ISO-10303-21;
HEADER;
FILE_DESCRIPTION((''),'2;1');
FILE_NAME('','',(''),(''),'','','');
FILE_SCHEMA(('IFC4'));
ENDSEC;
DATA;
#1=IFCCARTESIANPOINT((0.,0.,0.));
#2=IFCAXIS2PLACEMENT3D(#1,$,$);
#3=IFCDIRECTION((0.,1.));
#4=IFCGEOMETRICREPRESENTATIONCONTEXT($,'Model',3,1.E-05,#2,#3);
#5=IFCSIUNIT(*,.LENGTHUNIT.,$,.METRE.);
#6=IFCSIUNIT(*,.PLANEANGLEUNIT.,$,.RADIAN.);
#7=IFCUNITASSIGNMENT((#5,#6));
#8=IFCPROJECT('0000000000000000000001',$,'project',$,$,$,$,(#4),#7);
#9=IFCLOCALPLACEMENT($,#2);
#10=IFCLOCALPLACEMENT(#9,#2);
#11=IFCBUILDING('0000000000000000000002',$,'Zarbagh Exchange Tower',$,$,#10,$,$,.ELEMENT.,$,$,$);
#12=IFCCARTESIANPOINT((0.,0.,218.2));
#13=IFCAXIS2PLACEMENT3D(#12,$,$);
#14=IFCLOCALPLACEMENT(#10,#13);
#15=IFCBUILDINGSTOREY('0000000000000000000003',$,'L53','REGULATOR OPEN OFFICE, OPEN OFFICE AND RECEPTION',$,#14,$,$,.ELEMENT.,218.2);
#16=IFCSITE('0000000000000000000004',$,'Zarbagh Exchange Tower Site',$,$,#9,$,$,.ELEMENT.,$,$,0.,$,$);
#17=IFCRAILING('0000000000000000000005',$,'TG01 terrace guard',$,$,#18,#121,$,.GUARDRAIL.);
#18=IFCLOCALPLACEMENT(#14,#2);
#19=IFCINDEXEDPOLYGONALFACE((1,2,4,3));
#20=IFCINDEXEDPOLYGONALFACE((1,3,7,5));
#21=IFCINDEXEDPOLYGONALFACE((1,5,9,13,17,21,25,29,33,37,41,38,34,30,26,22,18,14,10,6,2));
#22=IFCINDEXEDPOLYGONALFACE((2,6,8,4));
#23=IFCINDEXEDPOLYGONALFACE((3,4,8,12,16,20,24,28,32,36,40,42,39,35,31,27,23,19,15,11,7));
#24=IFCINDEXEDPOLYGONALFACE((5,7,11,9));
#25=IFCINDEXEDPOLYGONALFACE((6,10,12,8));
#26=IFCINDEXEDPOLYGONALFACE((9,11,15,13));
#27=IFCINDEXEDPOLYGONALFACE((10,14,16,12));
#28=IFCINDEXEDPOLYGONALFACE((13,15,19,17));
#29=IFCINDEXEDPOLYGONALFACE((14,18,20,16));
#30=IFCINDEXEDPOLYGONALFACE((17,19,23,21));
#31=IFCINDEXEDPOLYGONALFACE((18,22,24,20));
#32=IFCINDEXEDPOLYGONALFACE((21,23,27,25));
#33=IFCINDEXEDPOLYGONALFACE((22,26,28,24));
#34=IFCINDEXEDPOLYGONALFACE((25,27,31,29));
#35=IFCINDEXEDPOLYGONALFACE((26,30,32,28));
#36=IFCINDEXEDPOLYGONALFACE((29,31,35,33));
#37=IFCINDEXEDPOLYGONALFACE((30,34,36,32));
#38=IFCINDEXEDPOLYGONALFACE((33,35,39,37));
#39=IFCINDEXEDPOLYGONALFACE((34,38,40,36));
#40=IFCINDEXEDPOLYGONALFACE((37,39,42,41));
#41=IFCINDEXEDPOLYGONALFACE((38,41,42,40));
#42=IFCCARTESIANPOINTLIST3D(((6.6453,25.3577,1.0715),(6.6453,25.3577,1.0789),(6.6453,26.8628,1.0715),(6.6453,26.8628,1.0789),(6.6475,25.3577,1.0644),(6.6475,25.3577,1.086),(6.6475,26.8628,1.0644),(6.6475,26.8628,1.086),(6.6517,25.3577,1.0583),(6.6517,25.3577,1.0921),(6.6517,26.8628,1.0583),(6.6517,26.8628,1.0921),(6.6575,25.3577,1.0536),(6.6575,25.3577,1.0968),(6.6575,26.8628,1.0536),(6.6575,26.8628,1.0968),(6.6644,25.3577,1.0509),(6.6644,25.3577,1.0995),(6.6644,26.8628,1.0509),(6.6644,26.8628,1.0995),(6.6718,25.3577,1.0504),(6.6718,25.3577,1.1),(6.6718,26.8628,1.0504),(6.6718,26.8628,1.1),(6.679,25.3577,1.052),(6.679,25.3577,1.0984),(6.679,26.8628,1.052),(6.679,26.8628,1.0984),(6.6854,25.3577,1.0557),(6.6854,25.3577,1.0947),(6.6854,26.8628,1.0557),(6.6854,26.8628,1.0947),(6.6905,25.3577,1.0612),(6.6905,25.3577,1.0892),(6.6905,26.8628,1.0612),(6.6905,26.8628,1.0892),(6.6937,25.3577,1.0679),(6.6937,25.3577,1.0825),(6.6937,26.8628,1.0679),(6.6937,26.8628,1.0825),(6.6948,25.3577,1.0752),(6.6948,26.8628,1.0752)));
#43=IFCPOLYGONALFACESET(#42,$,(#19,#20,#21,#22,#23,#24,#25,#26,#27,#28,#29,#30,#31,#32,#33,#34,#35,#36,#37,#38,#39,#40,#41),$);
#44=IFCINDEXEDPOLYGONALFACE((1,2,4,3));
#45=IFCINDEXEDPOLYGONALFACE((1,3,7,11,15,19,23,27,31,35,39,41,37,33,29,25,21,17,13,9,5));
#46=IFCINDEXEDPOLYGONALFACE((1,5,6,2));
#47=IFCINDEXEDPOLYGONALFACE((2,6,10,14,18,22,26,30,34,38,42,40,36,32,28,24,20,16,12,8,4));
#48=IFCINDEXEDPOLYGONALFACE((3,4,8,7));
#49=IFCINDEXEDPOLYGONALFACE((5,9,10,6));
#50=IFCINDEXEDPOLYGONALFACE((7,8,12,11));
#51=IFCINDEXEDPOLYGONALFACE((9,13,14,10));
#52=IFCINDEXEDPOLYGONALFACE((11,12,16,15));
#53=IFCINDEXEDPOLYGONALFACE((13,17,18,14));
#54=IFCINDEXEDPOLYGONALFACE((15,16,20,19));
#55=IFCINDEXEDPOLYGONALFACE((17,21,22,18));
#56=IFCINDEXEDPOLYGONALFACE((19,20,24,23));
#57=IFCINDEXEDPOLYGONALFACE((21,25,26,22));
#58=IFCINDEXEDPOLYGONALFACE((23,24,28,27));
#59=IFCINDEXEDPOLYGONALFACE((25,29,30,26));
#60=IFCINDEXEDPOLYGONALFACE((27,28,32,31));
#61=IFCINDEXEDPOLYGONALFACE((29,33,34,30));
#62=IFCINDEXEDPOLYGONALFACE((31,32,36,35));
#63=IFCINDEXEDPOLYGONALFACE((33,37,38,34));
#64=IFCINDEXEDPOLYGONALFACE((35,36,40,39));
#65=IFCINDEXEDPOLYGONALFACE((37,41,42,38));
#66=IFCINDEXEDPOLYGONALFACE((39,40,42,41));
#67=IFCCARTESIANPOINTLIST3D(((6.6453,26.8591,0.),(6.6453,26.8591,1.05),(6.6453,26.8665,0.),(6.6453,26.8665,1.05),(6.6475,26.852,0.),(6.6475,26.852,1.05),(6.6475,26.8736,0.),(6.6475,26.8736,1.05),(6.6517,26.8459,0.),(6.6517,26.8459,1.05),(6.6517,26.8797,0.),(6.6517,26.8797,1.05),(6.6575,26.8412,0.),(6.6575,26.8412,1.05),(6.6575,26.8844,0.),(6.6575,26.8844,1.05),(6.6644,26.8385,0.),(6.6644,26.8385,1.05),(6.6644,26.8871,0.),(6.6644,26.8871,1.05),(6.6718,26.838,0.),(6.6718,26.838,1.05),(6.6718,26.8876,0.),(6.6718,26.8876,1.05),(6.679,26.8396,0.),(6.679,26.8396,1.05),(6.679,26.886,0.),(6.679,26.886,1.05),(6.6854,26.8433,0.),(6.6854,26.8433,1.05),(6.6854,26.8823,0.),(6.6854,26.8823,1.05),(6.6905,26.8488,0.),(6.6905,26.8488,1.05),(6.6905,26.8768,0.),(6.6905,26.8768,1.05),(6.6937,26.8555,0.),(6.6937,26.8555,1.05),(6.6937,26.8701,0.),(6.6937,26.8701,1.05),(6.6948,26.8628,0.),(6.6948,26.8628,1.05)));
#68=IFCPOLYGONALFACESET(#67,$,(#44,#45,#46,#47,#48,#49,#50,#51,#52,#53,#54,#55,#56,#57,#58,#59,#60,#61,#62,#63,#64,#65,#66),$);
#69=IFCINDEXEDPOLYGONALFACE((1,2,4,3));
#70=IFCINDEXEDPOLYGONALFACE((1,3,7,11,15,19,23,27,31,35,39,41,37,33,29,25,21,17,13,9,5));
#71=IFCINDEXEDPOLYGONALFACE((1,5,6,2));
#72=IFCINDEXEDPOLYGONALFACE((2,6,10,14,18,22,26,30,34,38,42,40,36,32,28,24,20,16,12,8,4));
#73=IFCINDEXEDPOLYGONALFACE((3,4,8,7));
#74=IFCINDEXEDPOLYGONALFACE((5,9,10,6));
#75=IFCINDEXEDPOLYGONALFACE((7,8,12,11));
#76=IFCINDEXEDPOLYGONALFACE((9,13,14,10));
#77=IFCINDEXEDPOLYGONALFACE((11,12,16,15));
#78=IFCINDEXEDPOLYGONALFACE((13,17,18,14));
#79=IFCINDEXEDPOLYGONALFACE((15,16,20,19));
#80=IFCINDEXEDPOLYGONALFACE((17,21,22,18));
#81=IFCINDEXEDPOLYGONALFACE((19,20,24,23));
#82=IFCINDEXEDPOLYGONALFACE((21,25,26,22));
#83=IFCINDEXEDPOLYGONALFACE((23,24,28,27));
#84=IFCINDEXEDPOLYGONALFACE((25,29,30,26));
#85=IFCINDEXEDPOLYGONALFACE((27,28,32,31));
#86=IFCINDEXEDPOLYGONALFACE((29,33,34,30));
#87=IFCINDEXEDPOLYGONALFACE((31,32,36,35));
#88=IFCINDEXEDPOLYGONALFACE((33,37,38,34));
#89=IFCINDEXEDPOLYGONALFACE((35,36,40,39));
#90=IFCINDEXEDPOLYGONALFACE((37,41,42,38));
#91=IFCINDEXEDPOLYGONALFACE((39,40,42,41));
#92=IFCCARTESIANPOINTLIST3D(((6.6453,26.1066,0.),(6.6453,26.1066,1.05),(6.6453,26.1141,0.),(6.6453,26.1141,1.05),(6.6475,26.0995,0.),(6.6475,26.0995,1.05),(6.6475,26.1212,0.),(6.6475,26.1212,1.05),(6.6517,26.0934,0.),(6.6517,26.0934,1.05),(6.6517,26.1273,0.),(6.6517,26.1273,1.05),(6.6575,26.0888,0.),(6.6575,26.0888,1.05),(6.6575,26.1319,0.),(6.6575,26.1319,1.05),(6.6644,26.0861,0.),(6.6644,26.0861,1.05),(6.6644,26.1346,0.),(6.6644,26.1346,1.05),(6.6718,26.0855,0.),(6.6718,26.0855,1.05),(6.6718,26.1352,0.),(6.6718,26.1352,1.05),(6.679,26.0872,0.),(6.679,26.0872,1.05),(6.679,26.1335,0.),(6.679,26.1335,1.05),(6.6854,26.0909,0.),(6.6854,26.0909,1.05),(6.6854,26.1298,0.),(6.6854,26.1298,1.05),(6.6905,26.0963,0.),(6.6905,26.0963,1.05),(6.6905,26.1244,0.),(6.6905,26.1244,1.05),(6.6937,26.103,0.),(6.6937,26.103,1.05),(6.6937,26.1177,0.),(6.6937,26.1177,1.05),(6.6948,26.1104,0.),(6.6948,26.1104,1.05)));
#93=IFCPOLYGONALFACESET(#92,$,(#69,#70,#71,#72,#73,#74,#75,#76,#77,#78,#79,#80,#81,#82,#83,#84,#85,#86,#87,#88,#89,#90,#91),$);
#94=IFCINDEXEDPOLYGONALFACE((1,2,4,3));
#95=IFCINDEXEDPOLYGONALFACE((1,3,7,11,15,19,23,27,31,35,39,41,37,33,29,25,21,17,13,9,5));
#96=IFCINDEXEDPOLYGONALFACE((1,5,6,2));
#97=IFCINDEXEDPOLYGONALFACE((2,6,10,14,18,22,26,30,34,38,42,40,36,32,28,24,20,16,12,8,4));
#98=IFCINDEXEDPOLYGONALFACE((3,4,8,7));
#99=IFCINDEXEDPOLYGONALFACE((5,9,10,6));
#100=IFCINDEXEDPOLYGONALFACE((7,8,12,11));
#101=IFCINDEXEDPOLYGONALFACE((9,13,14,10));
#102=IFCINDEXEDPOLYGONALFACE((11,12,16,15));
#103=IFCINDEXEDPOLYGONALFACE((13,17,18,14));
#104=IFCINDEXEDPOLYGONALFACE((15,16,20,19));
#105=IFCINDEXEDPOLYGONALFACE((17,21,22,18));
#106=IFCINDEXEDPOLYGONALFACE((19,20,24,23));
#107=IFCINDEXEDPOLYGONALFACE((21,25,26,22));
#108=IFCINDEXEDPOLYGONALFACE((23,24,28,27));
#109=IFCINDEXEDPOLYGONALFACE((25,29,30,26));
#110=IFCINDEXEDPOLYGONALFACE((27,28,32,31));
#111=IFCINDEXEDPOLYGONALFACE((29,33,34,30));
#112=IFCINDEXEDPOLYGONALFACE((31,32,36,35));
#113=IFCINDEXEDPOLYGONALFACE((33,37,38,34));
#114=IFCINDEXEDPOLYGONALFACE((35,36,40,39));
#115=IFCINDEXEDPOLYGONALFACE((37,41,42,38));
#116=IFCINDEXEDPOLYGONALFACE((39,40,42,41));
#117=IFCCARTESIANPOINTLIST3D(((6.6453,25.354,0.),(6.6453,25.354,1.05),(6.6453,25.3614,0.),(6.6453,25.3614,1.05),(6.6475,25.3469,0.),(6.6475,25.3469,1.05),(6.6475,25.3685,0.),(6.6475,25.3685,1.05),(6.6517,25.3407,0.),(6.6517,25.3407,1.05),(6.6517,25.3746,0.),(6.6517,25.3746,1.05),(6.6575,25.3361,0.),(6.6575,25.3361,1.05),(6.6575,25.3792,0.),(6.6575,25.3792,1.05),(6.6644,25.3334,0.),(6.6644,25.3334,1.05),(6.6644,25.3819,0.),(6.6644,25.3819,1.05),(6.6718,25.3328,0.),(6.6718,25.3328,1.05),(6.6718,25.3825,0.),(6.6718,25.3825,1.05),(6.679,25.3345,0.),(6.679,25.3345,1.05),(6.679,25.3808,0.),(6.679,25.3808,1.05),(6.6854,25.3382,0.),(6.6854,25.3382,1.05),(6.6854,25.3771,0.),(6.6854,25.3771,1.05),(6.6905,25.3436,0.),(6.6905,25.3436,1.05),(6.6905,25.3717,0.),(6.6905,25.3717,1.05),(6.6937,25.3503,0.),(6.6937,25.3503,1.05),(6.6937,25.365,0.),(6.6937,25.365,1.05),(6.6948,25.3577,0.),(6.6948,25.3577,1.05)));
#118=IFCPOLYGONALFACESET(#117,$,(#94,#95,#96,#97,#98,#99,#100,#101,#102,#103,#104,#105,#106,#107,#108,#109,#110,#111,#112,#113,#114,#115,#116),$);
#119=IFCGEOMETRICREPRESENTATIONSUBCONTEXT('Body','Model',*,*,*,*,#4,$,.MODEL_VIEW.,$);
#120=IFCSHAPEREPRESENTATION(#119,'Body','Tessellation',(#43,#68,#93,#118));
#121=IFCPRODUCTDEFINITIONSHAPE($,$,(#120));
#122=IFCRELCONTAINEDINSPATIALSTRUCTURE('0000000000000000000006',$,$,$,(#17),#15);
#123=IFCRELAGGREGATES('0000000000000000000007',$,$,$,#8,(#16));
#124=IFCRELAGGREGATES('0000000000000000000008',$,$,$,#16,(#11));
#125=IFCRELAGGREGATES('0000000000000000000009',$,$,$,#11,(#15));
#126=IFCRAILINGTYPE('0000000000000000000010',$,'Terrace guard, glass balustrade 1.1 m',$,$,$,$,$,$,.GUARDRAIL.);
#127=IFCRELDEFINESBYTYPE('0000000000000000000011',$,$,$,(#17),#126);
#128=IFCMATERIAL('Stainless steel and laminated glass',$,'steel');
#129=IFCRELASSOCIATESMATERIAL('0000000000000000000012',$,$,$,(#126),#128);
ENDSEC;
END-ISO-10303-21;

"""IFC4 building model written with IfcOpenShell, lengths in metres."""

from ifc_helpers import new_model, si_unit, direction, frame, origin, origin_2d, place, context, subcontext, project, spatial, circle, extrude, material, type_object, element, save


model = new_model("IFC4")

# Units and contexts
model_context = context("Model", 3, precision=1e-05, world=origin(), true_north=direction((0.0, 1.0)))
body_context = subcontext(model_context, "Body", "Model", "MODEL_VIEW")
ifc_project = project(units=[si_unit("LENGTHUNIT", "METRE"), si_unit("PLANEANGLEUNIT", "RADIAN")], contexts=[model_context])

# Site, building, storey
site_placement = place(None, origin())
site = spatial("IfcSite", under=ifc_project, at=site_placement, Name="Zarbagh Exchange Tower Site", CompositionType="ELEMENT", RefElevation=0.0)
building_placement = place(site_placement, origin())
building = spatial("IfcBuilding", under=site, at=building_placement, Name="Zarbagh Exchange Tower", CompositionType="ELEMENT")
storey_placement = place(building_placement, frame((0.0, 0.0, 218.2)))
storey = spatial("IfcBuildingStorey", under=building, at=storey_placement, Name="L53", Description="REGULATOR OPEN OFFICE, OPEN OFFICE AND RECEPTION", CompositionType="ELEMENT", Elevation=218.2)

# Railing
ifc_material_1 = material(Name="Stainless steel and laminated glass", Category="steel")
railing_type = type_object("IfcRailingType", Name="Terrace guard, glass balustrade 1.1 m", PredefinedType="GUARDRAIL", material=ifc_material_1)
railing_placement = place(storey_placement, frame((6.6699, 26.8628, 0.0)))
element("IfcRailing", 1, at=railing_placement, inside=storey, type_object=railing_type, Name="TG01 terrace guard", PredefinedType="GUARDRAIL", context=body_context, shape_type="SweptSolid", body=[
    extrude(circle(Radius=0.0249, at=origin_2d()), frame((0.0, 0.0, 1.0752), z_axis=(0.0, -1.0, 0.0), x_axis=(1.0, 0.0, 0.0)), (0.0, 0.0, 1.0), 1.5051),
    extrude(circle(Radius=0.0249, at=origin_2d()), origin(), (0.0, 0.0, 1.0), 1.05),
    extrude(circle(Radius=0.0249, at=origin_2d()), frame((0.0, -0.7524, 0.0)), (0.0, 0.0, 1.0), 1.05),
    extrude(circle(Radius=0.0249, at=origin_2d()), frame((0.0, -1.5051, 0.0)), (0.0, 0.0, 1.0), 1.05),
])

save(model, "model.ifc")
